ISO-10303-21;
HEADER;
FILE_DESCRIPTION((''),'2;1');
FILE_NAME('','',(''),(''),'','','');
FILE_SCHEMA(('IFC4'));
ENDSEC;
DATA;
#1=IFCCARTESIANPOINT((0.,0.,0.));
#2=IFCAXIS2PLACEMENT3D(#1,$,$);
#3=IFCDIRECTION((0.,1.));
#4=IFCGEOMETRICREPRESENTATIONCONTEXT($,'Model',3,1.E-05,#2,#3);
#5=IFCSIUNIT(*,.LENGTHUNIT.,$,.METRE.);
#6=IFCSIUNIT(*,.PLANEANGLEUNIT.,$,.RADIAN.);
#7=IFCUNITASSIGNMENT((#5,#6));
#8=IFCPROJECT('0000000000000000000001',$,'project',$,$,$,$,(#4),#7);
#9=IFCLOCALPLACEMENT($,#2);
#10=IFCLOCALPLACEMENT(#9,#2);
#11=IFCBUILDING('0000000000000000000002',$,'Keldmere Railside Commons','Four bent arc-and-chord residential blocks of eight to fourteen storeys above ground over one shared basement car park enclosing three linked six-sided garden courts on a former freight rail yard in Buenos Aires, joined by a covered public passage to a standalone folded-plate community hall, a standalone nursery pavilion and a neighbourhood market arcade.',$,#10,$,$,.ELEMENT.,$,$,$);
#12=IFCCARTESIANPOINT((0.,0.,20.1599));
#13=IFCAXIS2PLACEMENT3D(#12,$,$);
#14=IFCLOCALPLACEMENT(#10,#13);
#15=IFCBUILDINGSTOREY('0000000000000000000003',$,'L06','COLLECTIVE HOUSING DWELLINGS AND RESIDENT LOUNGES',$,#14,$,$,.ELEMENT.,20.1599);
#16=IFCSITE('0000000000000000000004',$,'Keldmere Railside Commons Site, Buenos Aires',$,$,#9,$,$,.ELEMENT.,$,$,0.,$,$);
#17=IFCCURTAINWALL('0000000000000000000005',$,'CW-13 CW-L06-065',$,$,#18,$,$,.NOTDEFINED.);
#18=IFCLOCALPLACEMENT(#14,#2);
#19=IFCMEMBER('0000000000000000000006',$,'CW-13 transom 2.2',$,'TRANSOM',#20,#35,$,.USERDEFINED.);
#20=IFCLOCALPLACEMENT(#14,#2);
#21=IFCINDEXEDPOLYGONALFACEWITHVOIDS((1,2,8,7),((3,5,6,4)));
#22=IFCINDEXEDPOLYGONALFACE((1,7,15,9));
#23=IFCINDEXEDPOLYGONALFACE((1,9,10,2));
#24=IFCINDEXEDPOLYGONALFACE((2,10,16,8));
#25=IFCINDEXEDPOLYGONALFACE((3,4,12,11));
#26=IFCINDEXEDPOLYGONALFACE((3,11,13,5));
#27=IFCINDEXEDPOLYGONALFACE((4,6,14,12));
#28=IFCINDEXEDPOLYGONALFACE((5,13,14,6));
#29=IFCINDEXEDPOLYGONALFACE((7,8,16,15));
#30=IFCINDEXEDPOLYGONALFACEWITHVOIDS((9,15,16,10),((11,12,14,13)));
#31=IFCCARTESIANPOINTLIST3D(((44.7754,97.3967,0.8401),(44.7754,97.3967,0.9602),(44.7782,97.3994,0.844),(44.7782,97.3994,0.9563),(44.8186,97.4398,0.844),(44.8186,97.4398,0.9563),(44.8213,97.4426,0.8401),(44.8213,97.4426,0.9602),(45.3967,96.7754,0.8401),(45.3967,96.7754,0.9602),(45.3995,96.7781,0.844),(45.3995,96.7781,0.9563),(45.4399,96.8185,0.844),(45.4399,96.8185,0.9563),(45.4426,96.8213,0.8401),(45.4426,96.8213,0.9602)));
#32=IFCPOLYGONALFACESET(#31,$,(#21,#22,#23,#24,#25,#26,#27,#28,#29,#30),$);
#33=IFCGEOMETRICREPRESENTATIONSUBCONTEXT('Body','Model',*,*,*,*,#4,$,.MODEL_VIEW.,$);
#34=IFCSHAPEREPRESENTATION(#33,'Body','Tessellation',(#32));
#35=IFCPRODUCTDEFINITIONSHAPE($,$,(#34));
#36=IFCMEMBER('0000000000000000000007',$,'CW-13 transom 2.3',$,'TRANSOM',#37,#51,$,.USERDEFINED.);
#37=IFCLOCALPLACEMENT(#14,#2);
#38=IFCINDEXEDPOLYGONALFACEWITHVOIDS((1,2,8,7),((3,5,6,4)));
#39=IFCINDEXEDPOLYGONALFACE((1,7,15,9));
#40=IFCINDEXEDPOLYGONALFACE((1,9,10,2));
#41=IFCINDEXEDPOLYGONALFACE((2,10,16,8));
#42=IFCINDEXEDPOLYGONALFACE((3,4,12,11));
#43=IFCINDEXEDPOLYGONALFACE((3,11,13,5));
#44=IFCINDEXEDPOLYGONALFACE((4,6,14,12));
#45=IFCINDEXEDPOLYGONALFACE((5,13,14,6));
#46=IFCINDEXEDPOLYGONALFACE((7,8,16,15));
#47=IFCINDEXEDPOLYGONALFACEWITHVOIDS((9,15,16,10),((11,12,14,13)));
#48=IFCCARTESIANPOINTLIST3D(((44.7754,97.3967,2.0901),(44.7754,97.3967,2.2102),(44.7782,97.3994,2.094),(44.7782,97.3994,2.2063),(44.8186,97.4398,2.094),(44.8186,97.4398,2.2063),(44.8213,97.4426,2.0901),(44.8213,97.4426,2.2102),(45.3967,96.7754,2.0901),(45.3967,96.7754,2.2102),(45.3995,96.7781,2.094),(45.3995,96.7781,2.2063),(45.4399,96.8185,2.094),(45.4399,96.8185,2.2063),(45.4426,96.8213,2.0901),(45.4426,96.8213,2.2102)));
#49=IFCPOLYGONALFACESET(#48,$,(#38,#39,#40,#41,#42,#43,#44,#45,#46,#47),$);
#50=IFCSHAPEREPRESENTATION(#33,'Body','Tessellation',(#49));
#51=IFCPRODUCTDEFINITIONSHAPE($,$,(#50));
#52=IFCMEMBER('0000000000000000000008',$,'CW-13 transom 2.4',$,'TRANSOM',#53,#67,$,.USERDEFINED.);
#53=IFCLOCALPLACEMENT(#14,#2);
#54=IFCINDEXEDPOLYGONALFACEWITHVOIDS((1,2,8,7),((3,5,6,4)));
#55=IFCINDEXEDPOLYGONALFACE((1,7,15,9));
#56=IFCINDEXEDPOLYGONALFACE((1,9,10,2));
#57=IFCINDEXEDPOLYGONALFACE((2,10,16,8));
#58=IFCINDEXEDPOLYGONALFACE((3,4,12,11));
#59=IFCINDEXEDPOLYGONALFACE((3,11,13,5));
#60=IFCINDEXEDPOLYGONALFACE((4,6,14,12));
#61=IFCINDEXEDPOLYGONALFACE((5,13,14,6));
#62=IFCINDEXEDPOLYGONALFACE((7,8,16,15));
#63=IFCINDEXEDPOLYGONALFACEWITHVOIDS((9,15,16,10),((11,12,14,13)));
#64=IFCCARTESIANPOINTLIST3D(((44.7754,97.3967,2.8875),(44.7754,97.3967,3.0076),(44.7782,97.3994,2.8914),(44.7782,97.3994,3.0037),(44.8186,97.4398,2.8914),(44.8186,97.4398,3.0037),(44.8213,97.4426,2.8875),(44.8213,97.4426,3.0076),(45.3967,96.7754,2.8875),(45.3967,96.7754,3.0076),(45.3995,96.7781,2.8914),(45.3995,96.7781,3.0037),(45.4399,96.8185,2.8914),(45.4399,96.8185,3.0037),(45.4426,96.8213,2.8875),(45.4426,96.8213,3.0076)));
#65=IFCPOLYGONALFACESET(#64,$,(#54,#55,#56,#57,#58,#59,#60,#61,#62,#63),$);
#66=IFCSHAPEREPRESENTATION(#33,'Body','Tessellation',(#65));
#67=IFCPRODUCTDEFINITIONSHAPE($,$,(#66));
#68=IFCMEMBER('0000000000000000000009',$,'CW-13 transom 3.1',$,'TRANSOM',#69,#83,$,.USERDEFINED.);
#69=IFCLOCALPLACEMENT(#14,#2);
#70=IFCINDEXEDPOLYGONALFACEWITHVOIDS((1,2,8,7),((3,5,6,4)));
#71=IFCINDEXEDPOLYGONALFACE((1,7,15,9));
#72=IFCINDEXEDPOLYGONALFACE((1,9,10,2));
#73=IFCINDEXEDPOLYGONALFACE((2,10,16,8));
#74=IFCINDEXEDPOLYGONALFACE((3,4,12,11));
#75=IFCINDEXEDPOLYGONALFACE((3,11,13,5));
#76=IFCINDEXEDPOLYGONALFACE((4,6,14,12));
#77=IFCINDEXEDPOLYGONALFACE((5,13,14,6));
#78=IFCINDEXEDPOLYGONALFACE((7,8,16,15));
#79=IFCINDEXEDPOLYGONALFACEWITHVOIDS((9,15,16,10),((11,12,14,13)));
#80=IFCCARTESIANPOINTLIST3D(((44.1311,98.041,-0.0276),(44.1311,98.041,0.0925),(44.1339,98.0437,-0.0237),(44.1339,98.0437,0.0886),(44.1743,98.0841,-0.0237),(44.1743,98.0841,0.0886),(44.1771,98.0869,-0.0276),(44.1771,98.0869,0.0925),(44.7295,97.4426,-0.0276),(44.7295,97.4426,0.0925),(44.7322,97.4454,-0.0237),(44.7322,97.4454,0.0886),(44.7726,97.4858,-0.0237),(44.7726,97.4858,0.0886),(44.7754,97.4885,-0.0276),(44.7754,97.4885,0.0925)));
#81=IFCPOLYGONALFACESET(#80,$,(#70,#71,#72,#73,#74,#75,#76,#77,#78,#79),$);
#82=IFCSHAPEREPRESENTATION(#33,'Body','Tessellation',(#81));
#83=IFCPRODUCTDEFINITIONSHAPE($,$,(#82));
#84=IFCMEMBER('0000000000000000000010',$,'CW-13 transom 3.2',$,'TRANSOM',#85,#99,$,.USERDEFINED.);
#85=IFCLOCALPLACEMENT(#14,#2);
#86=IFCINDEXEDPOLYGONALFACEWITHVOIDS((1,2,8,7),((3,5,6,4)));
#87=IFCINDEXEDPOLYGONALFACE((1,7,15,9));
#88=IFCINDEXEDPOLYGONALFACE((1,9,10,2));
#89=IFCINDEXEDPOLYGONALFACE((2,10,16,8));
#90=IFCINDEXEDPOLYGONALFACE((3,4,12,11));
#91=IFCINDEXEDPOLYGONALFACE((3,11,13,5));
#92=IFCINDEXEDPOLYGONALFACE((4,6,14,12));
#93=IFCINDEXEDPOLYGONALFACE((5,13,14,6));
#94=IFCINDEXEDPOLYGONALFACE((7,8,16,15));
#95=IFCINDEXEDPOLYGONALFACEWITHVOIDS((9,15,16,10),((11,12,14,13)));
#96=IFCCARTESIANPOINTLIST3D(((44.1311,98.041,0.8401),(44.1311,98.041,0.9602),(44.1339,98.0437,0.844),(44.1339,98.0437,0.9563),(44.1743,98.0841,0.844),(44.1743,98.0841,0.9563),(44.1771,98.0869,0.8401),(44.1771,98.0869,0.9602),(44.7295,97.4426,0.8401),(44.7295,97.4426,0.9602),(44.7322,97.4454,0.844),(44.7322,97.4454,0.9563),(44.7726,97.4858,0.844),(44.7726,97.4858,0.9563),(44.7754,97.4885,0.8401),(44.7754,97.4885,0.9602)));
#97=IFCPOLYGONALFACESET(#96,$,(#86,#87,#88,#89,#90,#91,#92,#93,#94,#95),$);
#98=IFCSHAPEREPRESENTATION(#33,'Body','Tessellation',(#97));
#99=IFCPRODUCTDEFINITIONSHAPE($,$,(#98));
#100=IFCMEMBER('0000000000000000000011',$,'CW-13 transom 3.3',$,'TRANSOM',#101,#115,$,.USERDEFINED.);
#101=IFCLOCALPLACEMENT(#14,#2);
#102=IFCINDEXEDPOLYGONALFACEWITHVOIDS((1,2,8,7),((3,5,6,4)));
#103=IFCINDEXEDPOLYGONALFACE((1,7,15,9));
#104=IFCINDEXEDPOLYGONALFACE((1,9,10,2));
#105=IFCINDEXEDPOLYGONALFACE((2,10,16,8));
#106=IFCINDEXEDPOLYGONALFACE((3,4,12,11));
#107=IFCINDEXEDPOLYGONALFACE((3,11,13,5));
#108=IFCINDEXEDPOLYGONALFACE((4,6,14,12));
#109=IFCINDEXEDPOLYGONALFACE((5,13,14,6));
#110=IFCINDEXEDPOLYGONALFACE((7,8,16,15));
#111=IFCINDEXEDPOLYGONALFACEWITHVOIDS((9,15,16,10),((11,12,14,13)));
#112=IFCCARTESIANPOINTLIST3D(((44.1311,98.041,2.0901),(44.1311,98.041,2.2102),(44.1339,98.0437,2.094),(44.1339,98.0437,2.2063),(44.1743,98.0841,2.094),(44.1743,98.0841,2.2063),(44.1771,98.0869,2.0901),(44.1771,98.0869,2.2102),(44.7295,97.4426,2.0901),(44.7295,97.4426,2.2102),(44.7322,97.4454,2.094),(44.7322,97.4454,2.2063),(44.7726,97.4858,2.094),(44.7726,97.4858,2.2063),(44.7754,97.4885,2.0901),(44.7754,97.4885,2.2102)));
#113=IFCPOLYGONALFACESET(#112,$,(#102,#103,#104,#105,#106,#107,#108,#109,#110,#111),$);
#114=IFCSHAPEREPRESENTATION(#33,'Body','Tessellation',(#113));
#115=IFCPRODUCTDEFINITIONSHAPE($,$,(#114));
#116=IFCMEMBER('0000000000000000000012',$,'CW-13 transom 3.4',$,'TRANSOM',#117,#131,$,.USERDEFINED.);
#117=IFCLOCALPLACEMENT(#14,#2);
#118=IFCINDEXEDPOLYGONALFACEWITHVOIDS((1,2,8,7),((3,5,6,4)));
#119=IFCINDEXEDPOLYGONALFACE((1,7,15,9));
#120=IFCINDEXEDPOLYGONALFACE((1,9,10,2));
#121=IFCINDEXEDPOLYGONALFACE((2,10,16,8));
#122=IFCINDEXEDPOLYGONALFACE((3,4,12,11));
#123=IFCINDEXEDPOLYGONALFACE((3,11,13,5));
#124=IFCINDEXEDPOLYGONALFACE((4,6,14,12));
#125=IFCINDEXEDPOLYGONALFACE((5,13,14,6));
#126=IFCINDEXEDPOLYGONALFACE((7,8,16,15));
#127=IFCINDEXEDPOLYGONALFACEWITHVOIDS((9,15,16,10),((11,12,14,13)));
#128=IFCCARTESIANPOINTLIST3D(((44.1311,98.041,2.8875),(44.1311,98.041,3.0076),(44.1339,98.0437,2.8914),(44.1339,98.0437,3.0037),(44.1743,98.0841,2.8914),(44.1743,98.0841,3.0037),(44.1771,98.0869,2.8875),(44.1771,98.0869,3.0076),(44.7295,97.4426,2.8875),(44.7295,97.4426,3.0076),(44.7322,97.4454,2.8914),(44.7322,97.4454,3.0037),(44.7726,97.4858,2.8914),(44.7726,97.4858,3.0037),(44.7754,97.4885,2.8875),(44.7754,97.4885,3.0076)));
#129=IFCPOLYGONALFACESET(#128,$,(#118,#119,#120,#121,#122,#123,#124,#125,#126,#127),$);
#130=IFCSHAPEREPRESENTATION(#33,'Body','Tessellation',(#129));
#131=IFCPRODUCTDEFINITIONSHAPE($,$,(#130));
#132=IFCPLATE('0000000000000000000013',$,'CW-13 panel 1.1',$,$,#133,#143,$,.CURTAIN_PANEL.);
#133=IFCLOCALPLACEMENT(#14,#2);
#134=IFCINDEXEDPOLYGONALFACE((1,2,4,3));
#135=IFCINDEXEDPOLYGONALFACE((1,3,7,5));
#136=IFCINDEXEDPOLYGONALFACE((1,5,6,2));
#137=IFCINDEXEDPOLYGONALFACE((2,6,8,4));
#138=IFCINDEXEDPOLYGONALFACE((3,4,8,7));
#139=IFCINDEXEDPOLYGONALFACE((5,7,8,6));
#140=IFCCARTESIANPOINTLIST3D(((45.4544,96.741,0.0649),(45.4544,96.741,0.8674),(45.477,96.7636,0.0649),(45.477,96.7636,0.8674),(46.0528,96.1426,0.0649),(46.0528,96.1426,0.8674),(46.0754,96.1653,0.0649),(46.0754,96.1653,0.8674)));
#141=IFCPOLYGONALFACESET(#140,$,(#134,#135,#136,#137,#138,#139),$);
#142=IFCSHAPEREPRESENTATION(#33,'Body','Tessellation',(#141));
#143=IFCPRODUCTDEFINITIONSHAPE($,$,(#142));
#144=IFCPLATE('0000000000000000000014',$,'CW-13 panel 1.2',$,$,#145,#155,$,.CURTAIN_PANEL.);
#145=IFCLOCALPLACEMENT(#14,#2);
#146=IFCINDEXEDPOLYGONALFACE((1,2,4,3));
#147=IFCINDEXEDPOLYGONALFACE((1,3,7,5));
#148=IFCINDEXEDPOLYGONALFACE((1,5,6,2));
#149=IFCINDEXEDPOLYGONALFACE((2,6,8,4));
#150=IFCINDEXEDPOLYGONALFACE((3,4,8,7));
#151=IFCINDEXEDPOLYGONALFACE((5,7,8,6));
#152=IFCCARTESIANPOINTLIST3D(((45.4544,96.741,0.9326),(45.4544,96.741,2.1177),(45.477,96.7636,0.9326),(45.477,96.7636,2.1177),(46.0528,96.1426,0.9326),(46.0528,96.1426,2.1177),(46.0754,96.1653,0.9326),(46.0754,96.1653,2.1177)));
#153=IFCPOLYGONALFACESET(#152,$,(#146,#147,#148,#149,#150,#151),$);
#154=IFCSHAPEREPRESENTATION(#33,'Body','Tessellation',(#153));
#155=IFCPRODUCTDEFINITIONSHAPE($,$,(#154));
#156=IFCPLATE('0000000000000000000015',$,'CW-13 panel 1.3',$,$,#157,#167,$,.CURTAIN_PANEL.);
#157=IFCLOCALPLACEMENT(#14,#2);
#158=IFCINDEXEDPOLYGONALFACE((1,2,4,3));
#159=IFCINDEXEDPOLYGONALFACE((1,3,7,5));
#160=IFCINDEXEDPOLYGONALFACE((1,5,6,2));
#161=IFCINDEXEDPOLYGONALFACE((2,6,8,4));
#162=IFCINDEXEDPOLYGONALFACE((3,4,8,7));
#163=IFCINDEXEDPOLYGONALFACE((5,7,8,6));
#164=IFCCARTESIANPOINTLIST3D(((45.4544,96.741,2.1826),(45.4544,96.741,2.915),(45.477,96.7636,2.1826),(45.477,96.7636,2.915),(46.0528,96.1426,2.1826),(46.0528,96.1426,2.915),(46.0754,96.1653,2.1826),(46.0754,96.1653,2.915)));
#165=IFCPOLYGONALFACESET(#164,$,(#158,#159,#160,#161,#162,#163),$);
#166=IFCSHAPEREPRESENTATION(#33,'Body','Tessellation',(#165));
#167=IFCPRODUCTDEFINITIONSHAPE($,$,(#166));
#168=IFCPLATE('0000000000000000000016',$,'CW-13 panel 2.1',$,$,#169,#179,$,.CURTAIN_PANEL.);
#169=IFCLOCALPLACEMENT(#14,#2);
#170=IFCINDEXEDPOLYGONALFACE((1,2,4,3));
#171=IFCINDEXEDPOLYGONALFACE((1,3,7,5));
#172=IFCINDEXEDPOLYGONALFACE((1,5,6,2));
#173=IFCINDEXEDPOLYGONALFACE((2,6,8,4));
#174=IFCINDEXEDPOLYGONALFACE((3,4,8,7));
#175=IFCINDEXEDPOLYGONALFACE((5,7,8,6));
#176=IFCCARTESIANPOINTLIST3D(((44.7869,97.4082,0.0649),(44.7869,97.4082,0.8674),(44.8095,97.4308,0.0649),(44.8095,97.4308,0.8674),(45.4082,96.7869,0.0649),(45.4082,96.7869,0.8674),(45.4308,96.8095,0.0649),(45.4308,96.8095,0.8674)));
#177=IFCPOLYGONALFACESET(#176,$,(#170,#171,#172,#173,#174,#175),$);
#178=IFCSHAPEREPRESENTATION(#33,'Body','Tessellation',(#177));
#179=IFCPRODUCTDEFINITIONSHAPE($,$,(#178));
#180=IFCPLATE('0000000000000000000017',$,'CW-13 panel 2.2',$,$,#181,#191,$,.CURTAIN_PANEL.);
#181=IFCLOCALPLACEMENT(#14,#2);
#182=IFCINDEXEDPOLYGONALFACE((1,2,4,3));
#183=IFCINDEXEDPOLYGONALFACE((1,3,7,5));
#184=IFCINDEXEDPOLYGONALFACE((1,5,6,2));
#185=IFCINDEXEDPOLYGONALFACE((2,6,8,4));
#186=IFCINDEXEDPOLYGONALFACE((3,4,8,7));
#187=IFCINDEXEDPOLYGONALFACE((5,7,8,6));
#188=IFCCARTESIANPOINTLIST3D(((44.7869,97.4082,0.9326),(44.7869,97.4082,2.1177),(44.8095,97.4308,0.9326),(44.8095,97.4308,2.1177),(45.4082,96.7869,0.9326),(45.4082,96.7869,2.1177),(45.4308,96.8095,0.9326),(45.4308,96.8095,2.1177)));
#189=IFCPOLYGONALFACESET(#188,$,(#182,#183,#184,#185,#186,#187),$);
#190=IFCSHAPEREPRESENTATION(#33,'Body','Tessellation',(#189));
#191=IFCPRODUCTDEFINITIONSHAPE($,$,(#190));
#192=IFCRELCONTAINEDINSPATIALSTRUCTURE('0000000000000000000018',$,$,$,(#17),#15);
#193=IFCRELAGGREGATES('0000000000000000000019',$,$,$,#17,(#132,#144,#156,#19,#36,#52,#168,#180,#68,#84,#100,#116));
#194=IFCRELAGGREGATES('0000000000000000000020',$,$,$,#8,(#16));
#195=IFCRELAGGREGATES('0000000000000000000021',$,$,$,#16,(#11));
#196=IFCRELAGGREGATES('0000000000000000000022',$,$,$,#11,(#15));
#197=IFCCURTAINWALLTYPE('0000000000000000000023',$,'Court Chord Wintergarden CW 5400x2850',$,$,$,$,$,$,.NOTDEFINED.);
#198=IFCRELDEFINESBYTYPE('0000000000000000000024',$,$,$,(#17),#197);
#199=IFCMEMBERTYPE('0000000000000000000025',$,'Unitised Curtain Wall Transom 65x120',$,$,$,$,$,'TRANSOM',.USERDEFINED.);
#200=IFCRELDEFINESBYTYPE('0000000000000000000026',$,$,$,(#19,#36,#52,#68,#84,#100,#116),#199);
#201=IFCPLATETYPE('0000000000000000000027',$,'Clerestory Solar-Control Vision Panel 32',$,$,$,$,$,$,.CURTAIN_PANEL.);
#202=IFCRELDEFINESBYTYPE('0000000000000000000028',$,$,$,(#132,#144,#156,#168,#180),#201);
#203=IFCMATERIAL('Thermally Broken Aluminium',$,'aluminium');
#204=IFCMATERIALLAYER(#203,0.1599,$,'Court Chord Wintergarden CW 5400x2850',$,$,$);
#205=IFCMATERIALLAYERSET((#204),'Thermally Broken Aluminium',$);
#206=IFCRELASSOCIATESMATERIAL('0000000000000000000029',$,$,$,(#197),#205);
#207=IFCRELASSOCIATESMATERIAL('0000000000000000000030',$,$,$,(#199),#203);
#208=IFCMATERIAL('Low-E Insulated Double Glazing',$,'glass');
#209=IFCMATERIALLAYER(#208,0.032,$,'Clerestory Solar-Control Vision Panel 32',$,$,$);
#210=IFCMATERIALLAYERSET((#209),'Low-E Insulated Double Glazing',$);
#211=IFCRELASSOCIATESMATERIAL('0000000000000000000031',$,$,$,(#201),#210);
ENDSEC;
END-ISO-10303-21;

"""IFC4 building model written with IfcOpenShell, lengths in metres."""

from ifc_helpers import new_model, si_unit, direction, frame, origin, origin_2d, place, context, subcontext, project, spatial, rectangle, hollow_rectangle, extrude, material, layer, layer_set, material_profile, profile_set, type_object, element, aggregate, save


model = new_model("IFC4")

# Units and contexts
model_context = context("Model", 3, precision=1e-05, world=origin(), true_north=direction((0.0, 1.0)))
body_context = subcontext(model_context, "Body", "Model", "MODEL_VIEW")
ifc_project = project(units=[si_unit("LENGTHUNIT", "METRE"), si_unit("PLANEANGLEUNIT", "RADIAN")], contexts=[model_context])

# Site, building, storey
site_placement = place(None, origin())
site = spatial("IfcSite", under=ifc_project, at=site_placement, Name="Keldmere Railside Commons Site, Buenos Aires", CompositionType="ELEMENT", RefElevation=0.0)
building_placement = place(site_placement, origin())
building = spatial("IfcBuilding", under=site, at=building_placement, Name="Keldmere Railside Commons", Description="Four bent arc-and-chord residential blocks of eight to fourteen storeys above ground over one shared basement car park enclosing three linked six-sided garden courts on a former freight rail yard in Buenos Aires, joined by a covered public passage to a standalone folded-plate community hall, a standalone nursery pavilion and a neighbourhood market arcade.", CompositionType="ELEMENT")
storey_placement = place(building_placement, frame((0.0, 0.0, 20.1599)))
storey = spatial("IfcBuildingStorey", under=building, at=storey_placement, Name="L06", Description="COLLECTIVE HOUSING DWELLINGS AND RESIDENT LOUNGES", CompositionType="ELEMENT", Elevation=20.1599)

# Shared definitions
ifc_material_1 = material(Name="Thermally Broken Aluminium", Category="aluminium")

# Curtain wall
ifc_layer_1 = layer(ifc_material_1, 0.1599, Name="Court Chord Wintergarden CW 5400x2850")
ifc_layer_set_1 = layer_set([ifc_layer_1], Name="Thermally Broken Aluminium")
curtain_wall_type_1 = type_object("IfcCurtainWallType", Name="Court Chord Wintergarden CW 5400x2850", PredefinedType="NOTDEFINED", material=ifc_layer_set_1)
curtain_wall_1_placement = place(storey_placement, origin())
curtain_wall_1 = element("IfcCurtainWall", 1, at=curtain_wall_1_placement, inside=storey, type_object=curtain_wall_type_1, Name="CW-13 CW-L06-065", PredefinedType="NOTDEFINED")

# Members
ifc_material_profile_1 = material_profile(ifc_material_1, hollow_rectangle(XDim=0.0649, YDim=0.1201, WallThickness=0.0039, at=origin_2d()), Name="ALU-TRAN-65x120")
ifc_profile_set_1 = profile_set([ifc_material_profile_1], Name="Thermally Broken Aluminium")
member_type_1 = type_object("IfcMemberType", Name="Unitised Curtain Wall Transom 65x120", ElementType="TRANSOM", PredefinedType="USERDEFINED", material=ifc_profile_set_1)
member_1_placement = place(storey_placement, frame((45.4197, 96.7983, 0.9001), z_axis=(-0.707107, 0.707107, 0.0), x_axis=(-0.707107, -0.707107, 0.0)))
member_1 = element("IfcMember", 2, at=member_1_placement, type_object=member_type_1, Name="CW-13 transom 2.2", ObjectType="TRANSOM", PredefinedType="USERDEFINED", context=body_context, shape_type="SweptSolid", body=[
    extrude(hollow_rectangle(XDim=0.0649, YDim=0.1201, WallThickness=0.0039, at=origin_2d()), origin(), (0.0, 0.0, 1.0), 0.8787),
])
member_2_placement = place(storey_placement, frame((45.4197, 96.7983, 2.1501), z_axis=(-0.707107, 0.707107, 0.0), x_axis=(-0.707107, -0.707107, 0.0)))
member_2 = element("IfcMember", 3, at=member_2_placement, type_object=member_type_1, Name="CW-13 transom 2.3", ObjectType="TRANSOM", PredefinedType="USERDEFINED", context=body_context, shape_type="SweptSolid", body=[
    extrude(hollow_rectangle(XDim=0.0649, YDim=0.1201, WallThickness=0.0039, at=origin_2d()), origin(), (0.0, 0.0, 1.0), 0.8787),
])
member_3_placement = place(storey_placement, frame((45.4197, 96.7983, 2.9475), z_axis=(-0.707107, 0.707107, 0.0), x_axis=(-0.707107, -0.707107, 0.0)))
member_3 = element("IfcMember", 4, at=member_3_placement, type_object=member_type_1, Name="CW-13 transom 2.4", ObjectType="TRANSOM", PredefinedType="USERDEFINED", context=body_context, shape_type="SweptSolid", body=[
    extrude(hollow_rectangle(XDim=0.0649, YDim=0.1201, WallThickness=0.0039, at=origin_2d()), origin(), (0.0, 0.0, 1.0), 0.8787),
])
member_4_placement = place(storey_placement, frame((44.7524, 97.4656, 0.0325), z_axis=(-0.707107, 0.707107, 0.0), x_axis=(-0.707107, -0.707107, 0.0)))
member_4 = element("IfcMember", 5, at=member_4_placement, type_object=member_type_1, Name="CW-13 transom 3.1", ObjectType="TRANSOM", PredefinedType="USERDEFINED", context=body_context, shape_type="SweptSolid", body=[
    extrude(hollow_rectangle(XDim=0.0649, YDim=0.1201, WallThickness=0.0039, at=origin_2d()), origin(), (0.0, 0.0, 1.0), 0.8462),
])
member_5_placement = place(storey_placement, frame((44.7524, 97.4656, 0.9001), z_axis=(-0.707107, 0.707107, 0.0), x_axis=(-0.707107, -0.707107, 0.0)))
member_5 = element("IfcMember", 6, at=member_5_placement, type_object=member_type_1, Name="CW-13 transom 3.2", ObjectType="TRANSOM", PredefinedType="USERDEFINED", context=body_context, shape_type="SweptSolid", body=[
    extrude(hollow_rectangle(XDim=0.0649, YDim=0.1201, WallThickness=0.0039, at=origin_2d()), origin(), (0.0, 0.0, 1.0), 0.8462),
])
member_6_placement = place(storey_placement, frame((44.7524, 97.4656, 2.1501), z_axis=(-0.707107, 0.707107, 0.0), x_axis=(-0.707107, -0.707107, 0.0)))
member_6 = element("IfcMember", 7, at=member_6_placement, type_object=member_type_1, Name="CW-13 transom 3.3", ObjectType="TRANSOM", PredefinedType="USERDEFINED", context=body_context, shape_type="SweptSolid", body=[
    extrude(hollow_rectangle(XDim=0.0649, YDim=0.1201, WallThickness=0.0039, at=origin_2d()), origin(), (0.0, 0.0, 1.0), 0.8462),
])
member_7_placement = place(storey_placement, frame((44.7524, 97.4656, 2.9475), z_axis=(-0.707107, 0.707107, 0.0), x_axis=(-0.707107, -0.707107, 0.0)))
member_7 = element("IfcMember", 8, at=member_7_placement, type_object=member_type_1, Name="CW-13 transom 3.4", ObjectType="TRANSOM", PredefinedType="USERDEFINED", context=body_context, shape_type="SweptSolid", body=[
    extrude(hollow_rectangle(XDim=0.0649, YDim=0.1201, WallThickness=0.0039, at=origin_2d()), origin(), (0.0, 0.0, 1.0), 0.8462),
])

# Plates
ifc_material_2 = material(Name="Low-E Insulated Double Glazing", Category="glass")
ifc_layer_2 = layer(ifc_material_2, 0.032, Name="Clerestory Solar-Control Vision Panel 32")
ifc_layer_set_2 = layer_set([ifc_layer_2], Name="Low-E Insulated Double Glazing")
plate_type = type_object("IfcPlateType", Name="Clerestory Solar-Control Vision Panel 32", PredefinedType="CURTAIN_PANEL", material=ifc_layer_set_2)
plate_1_placement = place(storey_placement, frame((45.7649, 96.4531, 0.0649), z_axis=(0.0, 0.0, 1.0), x_axis=(-0.707107, 0.707107, 0.0)))
plate_1 = element("IfcPlate", 9, at=plate_1_placement, type_object=plate_type, Name="CW-13 panel 1.1", PredefinedType="CURTAIN_PANEL", context=body_context, shape_type="SweptSolid", body=[
    extrude(rectangle(XDim=0.8462, YDim=0.032, at=origin_2d()), origin(), (0.0, 0.0, 1.0), 0.8025),
])
plate_2_placement = place(storey_placement, frame((45.7649, 96.4531, 0.9326), z_axis=(0.0, 0.0, 1.0), x_axis=(-0.707107, 0.707107, 0.0)))
plate_2 = element("IfcPlate", 10, at=plate_2_placement, type_object=plate_type, Name="CW-13 panel 1.2", PredefinedType="CURTAIN_PANEL", context=body_context, shape_type="SweptSolid", body=[
    extrude(rectangle(XDim=0.8462, YDim=0.032, at=origin_2d()), origin(), (0.0, 0.0, 1.0), 1.1851),
])
plate_3_placement = place(storey_placement, frame((45.7649, 96.4531, 2.1826), z_axis=(0.0, 0.0, 1.0), x_axis=(-0.707107, 0.707107, 0.0)))
plate_3 = element("IfcPlate", 11, at=plate_3_placement, type_object=plate_type, Name="CW-13 panel 1.3", PredefinedType="CURTAIN_PANEL", context=body_context, shape_type="SweptSolid", body=[
    extrude(rectangle(XDim=0.8462, YDim=0.032, at=origin_2d()), origin(), (0.0, 0.0, 1.0), 0.7324),
])
plate_4_placement = place(storey_placement, frame((45.1089, 97.1089, 0.0649), z_axis=(0.0, 0.0, 1.0), x_axis=(-0.707107, 0.707107, 0.0)))
plate_4 = element("IfcPlate", 12, at=plate_4_placement, type_object=plate_type, Name="CW-13 panel 2.1", PredefinedType="CURTAIN_PANEL", context=body_context, shape_type="SweptSolid", body=[
    extrude(rectangle(XDim=0.8787, YDim=0.032, at=origin_2d()), origin(), (0.0, 0.0, 1.0), 0.8025),
])
plate_5_placement = place(storey_placement, frame((45.1089, 97.1089, 0.9326), z_axis=(0.0, 0.0, 1.0), x_axis=(-0.707107, 0.707107, 0.0)))
plate_5 = element("IfcPlate", 13, at=plate_5_placement, type_object=plate_type, Name="CW-13 panel 2.2", PredefinedType="CURTAIN_PANEL", context=body_context, shape_type="SweptSolid", body=[
    extrude(rectangle(XDim=0.8787, YDim=0.032, at=origin_2d()), origin(), (0.0, 0.0, 1.0), 1.1851),
])
aggregate(curtain_wall_1, [plate_1, plate_2, plate_3, member_1, member_2, member_3, plate_4, plate_5, member_4, member_5, member_6, member_7])

save(model, "model.ifc")
